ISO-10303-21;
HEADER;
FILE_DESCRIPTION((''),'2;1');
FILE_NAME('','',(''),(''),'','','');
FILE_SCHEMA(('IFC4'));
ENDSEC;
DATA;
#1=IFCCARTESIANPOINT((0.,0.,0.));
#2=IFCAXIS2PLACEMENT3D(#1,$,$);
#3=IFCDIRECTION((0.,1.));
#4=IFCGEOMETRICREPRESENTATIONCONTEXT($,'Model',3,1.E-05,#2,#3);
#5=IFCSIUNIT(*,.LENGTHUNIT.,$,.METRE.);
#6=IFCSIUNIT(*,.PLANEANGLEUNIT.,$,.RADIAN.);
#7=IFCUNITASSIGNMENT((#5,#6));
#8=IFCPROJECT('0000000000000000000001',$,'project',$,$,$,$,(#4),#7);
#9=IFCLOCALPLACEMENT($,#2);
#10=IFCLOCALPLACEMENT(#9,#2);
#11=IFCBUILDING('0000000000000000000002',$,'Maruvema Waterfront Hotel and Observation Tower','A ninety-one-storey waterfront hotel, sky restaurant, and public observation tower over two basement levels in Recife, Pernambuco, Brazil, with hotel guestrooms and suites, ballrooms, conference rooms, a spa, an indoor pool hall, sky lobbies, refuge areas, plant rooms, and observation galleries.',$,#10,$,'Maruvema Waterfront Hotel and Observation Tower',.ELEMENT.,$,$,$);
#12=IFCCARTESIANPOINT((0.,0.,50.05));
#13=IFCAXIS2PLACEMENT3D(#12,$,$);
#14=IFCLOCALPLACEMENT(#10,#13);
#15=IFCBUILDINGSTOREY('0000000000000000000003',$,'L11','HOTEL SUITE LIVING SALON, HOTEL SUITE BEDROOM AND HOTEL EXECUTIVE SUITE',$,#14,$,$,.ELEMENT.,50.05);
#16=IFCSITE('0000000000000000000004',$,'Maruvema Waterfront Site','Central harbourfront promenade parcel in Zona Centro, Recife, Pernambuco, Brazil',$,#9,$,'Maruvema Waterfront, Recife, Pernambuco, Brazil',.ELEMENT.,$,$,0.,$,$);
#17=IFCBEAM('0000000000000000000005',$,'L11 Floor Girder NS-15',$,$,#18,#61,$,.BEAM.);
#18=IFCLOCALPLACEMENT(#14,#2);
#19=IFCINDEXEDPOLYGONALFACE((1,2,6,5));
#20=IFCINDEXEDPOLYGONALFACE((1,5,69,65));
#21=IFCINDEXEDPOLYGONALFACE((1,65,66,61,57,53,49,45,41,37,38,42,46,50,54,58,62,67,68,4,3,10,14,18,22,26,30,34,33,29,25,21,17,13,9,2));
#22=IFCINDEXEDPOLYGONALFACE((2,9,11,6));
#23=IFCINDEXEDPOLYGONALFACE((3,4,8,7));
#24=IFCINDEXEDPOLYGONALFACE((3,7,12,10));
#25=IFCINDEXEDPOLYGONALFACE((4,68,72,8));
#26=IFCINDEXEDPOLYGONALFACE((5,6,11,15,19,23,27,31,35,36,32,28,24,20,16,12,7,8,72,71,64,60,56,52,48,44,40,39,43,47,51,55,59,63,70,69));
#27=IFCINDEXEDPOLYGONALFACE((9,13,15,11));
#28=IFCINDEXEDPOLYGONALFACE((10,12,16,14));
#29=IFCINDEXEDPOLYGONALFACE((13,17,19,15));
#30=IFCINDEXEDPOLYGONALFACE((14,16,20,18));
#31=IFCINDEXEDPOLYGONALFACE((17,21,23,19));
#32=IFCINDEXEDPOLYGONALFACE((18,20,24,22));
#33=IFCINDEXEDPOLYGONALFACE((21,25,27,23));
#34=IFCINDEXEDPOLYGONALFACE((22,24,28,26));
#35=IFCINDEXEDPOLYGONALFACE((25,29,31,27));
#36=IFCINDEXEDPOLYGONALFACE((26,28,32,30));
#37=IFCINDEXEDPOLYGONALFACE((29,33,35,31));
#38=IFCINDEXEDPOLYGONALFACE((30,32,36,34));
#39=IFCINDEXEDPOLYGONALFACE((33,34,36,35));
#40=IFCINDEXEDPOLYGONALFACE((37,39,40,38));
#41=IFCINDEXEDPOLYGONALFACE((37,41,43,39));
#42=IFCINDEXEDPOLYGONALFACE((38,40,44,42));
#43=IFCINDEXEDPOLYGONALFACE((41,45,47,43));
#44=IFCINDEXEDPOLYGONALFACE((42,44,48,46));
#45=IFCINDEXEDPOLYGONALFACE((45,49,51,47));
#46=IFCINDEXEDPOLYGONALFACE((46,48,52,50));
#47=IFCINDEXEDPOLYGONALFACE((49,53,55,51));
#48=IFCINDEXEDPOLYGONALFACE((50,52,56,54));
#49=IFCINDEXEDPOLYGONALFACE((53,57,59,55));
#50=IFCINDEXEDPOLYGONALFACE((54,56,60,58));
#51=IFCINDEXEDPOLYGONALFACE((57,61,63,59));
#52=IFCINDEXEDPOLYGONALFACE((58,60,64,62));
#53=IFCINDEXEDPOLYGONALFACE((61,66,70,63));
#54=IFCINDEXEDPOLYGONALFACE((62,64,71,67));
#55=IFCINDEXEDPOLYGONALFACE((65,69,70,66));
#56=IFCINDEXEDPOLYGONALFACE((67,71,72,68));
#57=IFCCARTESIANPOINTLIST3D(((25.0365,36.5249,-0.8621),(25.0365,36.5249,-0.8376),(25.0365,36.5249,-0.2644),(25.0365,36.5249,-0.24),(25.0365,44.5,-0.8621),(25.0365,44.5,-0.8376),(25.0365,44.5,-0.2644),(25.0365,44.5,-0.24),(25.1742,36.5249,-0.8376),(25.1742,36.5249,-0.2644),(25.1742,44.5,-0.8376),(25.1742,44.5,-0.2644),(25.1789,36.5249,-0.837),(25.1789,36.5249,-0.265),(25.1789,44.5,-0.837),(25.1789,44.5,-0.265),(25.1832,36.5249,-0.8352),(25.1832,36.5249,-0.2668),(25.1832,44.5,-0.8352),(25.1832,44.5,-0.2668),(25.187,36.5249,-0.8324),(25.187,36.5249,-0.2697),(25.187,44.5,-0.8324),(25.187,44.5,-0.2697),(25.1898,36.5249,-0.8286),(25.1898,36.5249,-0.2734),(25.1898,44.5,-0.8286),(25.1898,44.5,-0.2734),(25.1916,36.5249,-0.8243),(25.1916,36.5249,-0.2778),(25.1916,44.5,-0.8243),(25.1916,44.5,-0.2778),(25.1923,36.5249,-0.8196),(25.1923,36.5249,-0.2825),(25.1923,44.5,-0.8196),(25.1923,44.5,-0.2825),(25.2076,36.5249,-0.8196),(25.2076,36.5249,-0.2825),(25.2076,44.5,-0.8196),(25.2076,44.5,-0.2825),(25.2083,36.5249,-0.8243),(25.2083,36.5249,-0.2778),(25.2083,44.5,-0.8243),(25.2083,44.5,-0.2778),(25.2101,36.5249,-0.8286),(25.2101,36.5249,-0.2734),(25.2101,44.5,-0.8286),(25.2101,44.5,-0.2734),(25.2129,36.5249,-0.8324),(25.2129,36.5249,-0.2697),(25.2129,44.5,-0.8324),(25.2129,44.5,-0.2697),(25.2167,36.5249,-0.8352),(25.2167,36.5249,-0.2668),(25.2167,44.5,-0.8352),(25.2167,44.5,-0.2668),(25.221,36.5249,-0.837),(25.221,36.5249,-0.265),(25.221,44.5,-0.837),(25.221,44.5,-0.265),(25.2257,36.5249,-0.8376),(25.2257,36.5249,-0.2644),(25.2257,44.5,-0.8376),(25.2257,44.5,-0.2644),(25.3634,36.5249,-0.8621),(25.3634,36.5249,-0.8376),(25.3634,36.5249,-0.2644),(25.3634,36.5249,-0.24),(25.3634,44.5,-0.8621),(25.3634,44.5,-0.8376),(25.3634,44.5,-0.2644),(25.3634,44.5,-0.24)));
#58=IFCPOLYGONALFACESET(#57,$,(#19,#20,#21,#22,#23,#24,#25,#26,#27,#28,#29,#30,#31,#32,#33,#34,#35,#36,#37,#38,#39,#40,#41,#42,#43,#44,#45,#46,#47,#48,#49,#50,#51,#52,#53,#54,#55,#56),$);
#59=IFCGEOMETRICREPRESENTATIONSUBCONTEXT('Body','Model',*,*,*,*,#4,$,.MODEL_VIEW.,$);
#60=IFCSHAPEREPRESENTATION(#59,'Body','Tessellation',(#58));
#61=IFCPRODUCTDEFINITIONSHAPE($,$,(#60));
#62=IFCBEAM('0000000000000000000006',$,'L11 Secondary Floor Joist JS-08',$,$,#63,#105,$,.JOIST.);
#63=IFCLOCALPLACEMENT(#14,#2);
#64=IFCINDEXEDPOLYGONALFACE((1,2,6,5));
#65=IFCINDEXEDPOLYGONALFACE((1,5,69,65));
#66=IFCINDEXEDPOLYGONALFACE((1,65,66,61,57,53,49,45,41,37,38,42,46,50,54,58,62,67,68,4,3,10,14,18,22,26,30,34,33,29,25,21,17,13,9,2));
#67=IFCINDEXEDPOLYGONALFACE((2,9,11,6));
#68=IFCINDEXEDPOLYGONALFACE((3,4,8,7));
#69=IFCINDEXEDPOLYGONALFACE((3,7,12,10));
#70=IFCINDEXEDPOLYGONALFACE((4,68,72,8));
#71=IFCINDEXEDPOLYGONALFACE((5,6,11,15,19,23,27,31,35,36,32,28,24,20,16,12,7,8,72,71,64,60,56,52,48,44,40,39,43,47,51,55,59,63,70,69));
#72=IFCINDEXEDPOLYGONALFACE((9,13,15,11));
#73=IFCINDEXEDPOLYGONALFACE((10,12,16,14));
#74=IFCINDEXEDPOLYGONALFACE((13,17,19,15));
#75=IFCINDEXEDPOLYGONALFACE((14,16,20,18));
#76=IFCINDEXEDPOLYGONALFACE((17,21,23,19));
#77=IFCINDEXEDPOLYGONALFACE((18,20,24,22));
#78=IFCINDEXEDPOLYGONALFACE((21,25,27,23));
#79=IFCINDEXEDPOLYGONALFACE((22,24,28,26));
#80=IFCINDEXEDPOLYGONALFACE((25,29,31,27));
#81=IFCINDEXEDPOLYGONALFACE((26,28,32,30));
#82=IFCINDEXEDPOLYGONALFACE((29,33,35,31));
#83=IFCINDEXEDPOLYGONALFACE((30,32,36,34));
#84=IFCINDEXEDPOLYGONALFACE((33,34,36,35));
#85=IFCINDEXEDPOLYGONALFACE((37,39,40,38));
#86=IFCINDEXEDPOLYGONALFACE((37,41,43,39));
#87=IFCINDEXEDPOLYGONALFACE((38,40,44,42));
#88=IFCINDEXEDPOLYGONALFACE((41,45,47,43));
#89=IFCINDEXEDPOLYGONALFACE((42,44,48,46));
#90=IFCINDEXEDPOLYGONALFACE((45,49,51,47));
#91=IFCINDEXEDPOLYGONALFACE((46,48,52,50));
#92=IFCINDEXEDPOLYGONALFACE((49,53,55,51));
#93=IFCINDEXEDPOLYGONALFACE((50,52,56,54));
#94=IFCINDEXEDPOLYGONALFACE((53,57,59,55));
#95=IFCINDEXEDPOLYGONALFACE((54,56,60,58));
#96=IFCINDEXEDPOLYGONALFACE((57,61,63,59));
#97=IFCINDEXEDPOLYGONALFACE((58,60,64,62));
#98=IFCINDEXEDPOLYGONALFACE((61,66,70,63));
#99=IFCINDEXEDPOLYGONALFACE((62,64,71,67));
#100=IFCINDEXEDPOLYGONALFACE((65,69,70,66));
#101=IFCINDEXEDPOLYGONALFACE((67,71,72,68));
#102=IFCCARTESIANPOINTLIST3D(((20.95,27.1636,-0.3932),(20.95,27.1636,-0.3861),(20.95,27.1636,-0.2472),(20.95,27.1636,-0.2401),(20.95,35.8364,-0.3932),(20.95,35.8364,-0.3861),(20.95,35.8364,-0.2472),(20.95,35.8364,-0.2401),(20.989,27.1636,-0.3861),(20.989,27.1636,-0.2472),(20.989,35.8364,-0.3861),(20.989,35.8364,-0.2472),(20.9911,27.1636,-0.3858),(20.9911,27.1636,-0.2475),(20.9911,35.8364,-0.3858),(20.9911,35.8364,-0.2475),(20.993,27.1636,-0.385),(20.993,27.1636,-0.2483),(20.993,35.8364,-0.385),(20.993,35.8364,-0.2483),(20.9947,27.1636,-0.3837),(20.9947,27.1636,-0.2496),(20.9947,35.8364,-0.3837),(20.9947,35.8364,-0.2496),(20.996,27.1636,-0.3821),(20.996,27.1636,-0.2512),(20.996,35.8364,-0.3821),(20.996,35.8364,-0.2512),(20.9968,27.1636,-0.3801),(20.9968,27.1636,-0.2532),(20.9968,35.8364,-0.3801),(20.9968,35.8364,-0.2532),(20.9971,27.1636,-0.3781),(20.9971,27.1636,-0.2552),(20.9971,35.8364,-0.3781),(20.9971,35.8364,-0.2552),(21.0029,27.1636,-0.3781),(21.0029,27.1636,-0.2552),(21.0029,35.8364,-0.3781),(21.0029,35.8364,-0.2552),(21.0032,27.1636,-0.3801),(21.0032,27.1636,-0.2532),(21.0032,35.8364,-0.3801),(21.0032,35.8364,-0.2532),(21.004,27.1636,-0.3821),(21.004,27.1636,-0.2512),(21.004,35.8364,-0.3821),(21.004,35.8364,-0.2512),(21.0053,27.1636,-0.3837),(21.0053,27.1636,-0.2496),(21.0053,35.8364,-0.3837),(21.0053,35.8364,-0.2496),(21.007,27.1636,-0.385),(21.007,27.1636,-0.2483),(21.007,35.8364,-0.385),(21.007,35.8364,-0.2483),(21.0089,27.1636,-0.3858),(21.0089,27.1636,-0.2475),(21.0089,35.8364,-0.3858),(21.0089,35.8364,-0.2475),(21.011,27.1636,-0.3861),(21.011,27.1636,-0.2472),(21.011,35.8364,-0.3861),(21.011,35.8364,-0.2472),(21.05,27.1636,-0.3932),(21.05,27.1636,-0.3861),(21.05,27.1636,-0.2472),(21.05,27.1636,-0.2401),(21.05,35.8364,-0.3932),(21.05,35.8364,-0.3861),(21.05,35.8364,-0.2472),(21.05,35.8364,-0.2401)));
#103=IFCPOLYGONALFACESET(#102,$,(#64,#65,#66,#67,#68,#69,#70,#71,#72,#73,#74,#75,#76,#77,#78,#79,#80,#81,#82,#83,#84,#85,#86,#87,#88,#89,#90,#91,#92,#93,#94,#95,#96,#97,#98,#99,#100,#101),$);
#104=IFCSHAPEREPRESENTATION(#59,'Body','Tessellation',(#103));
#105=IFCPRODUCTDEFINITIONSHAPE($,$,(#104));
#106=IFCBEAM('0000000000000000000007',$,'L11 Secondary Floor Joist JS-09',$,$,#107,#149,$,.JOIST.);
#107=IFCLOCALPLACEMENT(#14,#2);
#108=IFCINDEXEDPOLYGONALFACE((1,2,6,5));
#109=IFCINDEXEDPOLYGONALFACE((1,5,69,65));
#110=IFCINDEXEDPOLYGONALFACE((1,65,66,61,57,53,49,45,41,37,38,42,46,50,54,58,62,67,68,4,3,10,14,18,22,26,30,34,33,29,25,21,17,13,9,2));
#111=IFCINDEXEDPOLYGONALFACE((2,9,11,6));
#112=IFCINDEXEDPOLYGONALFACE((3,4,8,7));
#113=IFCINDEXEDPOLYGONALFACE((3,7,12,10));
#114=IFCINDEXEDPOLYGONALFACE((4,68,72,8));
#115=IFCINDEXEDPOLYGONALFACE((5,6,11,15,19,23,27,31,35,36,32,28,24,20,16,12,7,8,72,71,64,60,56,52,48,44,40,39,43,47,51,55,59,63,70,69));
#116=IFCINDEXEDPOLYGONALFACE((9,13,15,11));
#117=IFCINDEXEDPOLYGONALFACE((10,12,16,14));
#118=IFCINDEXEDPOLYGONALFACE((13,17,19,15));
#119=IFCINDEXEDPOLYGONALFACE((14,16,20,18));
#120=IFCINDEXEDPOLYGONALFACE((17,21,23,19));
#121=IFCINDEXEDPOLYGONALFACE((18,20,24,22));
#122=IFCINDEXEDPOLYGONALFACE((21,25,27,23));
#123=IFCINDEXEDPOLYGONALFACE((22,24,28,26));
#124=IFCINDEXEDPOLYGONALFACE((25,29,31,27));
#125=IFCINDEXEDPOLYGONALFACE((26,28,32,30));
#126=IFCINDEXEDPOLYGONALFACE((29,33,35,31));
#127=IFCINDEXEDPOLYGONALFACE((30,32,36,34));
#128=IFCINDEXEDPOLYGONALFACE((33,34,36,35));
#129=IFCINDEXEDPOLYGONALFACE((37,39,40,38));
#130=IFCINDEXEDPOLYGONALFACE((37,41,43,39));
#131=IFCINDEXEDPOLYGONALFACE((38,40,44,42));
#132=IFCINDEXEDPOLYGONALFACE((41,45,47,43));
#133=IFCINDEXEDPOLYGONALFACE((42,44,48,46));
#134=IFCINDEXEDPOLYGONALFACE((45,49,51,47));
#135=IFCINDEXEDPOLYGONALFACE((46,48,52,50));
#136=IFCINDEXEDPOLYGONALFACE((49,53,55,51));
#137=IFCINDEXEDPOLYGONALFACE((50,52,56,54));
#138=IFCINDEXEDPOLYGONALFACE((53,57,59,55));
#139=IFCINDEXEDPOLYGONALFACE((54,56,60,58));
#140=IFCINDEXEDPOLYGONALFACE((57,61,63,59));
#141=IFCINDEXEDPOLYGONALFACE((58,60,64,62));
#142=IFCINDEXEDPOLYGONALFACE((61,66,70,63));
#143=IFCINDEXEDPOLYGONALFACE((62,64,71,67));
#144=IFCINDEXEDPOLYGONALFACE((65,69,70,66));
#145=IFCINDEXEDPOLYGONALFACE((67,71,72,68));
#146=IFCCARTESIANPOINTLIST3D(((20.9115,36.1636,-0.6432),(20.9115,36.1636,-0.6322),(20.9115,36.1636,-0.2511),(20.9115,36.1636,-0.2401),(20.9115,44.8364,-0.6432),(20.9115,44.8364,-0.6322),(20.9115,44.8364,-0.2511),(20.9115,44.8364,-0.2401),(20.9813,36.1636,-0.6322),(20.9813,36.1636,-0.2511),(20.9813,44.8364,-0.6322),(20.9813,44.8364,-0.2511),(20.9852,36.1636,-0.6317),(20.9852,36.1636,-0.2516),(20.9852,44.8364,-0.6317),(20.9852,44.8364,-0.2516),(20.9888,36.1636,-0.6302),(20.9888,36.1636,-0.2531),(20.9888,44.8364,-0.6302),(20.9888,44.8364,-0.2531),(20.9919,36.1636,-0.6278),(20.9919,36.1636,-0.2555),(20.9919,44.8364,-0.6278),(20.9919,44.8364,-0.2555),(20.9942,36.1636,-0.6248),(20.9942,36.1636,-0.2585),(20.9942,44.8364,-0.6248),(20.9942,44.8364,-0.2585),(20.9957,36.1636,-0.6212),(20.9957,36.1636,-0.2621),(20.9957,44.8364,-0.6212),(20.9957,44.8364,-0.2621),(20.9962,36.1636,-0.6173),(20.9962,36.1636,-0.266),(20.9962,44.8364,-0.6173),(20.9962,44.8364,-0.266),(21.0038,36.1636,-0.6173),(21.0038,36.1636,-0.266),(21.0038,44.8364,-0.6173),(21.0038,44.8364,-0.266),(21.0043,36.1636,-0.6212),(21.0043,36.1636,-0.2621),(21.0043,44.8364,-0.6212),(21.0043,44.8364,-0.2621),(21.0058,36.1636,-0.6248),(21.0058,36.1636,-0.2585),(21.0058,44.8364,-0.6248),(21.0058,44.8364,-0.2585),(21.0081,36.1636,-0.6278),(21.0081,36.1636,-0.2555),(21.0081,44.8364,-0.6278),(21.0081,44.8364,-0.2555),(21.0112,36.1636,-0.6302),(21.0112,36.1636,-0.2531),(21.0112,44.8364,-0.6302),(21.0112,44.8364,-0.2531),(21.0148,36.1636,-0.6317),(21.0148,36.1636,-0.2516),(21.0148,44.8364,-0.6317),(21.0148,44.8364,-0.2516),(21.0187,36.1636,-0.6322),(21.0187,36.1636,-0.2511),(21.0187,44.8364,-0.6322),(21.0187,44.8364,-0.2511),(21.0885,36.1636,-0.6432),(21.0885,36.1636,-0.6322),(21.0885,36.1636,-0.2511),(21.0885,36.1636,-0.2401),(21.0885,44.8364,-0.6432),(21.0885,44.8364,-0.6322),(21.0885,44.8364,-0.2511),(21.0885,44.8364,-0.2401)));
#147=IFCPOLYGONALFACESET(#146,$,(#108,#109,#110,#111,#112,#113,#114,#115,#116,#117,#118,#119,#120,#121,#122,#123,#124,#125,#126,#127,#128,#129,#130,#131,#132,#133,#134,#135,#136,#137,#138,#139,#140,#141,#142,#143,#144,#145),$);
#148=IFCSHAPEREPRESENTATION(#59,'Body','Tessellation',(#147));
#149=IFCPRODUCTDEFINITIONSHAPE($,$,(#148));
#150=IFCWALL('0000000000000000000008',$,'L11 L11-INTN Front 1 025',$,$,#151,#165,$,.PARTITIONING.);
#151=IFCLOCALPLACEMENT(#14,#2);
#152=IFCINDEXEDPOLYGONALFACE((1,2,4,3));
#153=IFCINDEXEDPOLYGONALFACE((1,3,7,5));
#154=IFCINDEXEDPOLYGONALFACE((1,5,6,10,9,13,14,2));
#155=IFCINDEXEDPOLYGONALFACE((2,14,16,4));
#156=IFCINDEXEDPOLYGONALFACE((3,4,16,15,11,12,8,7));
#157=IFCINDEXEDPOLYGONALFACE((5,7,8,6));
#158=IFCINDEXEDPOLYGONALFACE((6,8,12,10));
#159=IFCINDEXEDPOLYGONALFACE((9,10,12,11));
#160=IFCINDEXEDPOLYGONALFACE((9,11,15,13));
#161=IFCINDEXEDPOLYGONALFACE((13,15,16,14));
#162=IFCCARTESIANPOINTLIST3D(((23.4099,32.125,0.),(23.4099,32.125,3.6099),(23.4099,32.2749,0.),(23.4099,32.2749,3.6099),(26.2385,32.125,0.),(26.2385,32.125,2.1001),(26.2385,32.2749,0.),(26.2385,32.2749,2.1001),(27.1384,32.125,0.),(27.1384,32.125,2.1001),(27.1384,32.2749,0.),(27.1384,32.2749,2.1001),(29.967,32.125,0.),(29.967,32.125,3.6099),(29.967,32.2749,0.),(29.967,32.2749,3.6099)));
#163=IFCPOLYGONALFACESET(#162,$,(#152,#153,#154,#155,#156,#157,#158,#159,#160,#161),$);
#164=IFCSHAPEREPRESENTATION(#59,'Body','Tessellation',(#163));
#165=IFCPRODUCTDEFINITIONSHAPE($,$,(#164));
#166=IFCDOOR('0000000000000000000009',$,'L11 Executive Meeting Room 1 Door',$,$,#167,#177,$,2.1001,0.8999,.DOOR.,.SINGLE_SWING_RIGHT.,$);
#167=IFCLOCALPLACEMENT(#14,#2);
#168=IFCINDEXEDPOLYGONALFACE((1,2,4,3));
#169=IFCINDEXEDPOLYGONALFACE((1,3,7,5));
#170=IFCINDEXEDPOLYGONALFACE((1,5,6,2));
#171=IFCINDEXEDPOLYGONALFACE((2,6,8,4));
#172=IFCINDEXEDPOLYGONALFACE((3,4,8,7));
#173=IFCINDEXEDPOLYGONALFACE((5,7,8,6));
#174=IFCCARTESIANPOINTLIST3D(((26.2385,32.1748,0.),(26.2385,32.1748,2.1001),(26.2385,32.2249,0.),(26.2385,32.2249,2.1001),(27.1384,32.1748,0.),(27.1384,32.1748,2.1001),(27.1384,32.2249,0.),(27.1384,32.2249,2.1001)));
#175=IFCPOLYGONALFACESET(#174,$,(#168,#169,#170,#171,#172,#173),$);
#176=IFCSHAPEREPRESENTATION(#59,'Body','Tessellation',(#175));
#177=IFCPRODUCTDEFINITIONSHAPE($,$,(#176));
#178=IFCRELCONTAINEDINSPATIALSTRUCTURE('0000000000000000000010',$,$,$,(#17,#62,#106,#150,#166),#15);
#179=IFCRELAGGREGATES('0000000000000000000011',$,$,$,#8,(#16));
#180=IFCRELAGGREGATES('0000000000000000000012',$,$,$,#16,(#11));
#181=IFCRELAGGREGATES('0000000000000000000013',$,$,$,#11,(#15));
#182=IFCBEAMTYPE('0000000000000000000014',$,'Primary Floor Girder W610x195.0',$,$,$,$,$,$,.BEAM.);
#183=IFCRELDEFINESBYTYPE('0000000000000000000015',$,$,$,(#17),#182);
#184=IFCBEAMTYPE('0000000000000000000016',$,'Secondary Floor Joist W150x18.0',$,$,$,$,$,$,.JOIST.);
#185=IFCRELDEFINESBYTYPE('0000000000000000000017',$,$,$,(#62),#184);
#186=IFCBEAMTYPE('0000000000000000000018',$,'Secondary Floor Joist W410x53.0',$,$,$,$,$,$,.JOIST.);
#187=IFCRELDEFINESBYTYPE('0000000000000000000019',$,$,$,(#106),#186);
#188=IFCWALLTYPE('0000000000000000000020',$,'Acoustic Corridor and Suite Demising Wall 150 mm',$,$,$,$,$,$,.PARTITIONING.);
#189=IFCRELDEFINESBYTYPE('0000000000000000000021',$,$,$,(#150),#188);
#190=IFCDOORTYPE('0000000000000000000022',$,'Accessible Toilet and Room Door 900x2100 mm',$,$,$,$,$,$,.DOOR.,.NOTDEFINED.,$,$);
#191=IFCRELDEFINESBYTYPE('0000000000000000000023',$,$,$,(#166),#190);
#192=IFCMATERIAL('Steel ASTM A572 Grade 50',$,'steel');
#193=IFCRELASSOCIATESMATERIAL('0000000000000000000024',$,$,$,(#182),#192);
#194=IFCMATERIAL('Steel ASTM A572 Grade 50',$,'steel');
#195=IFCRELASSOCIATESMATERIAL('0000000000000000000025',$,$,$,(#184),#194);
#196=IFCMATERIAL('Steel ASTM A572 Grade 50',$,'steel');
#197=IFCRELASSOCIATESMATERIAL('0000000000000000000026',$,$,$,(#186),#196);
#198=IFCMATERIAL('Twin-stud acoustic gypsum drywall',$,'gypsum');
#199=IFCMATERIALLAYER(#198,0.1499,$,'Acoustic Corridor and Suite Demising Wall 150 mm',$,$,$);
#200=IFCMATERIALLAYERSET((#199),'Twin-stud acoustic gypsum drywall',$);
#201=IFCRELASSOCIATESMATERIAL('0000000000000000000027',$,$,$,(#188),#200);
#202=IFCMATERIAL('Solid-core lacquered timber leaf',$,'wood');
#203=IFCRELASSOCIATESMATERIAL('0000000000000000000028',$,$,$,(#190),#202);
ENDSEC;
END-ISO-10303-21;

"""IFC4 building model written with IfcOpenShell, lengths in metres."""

from ifc_helpers import new_model, si_unit, direction, frame, frame_2d, origin, origin_2d, place, context, subcontext, project, spatial, rectangle, i_section, extrude, material, layer, layer_set, material_profile, profile_set, type_object, element, fill, save


model = new_model("IFC4")

# Units and contexts
model_context = context("Model", 3, precision=1e-05, world=origin(), true_north=direction((0.0, 1.0)))
body_context = subcontext(model_context, "Body", "Model", "MODEL_VIEW")
ifc_project = project(units=[si_unit("LENGTHUNIT", "METRE"), si_unit("PLANEANGLEUNIT", "RADIAN")], contexts=[model_context])

# Site, building, storey
site_placement = place(None, origin())
site = spatial("IfcSite", under=ifc_project, at=site_placement, Name="Maruvema Waterfront Site", Description="Central harbourfront promenade parcel in Zona Centro, Recife, Pernambuco, Brazil", LongName="Maruvema Waterfront, Recife, Pernambuco, Brazil", CompositionType="ELEMENT", RefElevation=0.0)
building_placement = place(site_placement, origin())
building = spatial("IfcBuilding", under=site, at=building_placement, Name="Maruvema Waterfront Hotel and Observation Tower", Description="A ninety-one-storey waterfront hotel, sky restaurant, and public observation tower over two basement levels in Recife, Pernambuco, Brazil, with hotel guestrooms and suites, ballrooms, conference rooms, a spa, an indoor pool hall, sky lobbies, refuge areas, plant rooms, and observation galleries.", LongName="Maruvema Waterfront Hotel and Observation Tower", CompositionType="ELEMENT")
storey_placement = place(building_placement, frame((0.0, 0.0, 50.05)))
storey = spatial("IfcBuildingStorey", under=building, at=storey_placement, Name="L11", Description="HOTEL SUITE LIVING SALON, HOTEL SUITE BEDROOM AND HOTEL EXECUTIVE SUITE", CompositionType="ELEMENT", Elevation=50.05)

# Beams
ifc_material_1 = material(Name="Steel ASTM A572 Grade 50", Category="steel")
ifc_material_profile_1 = material_profile(ifc_material_1, i_section(OverallWidth=0.3269, OverallDepth=0.6221, WebThickness=0.0154, FlangeThickness=0.0244, FilletRadius=0.0181, at=origin_2d()), Name="W610x195.0")
ifc_profile_set_1 = profile_set([ifc_material_profile_1], Name="Steel ASTM A572 Grade 50")
beam_type_1 = type_object("IfcBeamType", Name="Primary Floor Girder W610x195.0", PredefinedType="BEAM", material=ifc_profile_set_1)
for number, where, z_axis, x_axis, name in (
    (1, (25.2, 36.5249, -0.551), (0.0, 1.0, 0.0), (-1.0, 0.0, 0.0), "L11 Floor Girder NS-15"),
):
    element("IfcBeam", number, at=place(storey_placement, frame(where, z_axis=z_axis, x_axis=x_axis)), inside=storey, type_object=beam_type_1, Name=name, PredefinedType="BEAM", context=body_context, shape_type="SweptSolid", body=[
        extrude(i_section(OverallWidth=0.3269, OverallDepth=0.6221, WebThickness=0.0154, FlangeThickness=0.0244, FilletRadius=0.0181, at=origin_2d()), origin(), (0.0, 0.0, 1.0), 7.9751),
    ])
ifc_material_2 = material(Name="Steel ASTM A572 Grade 50", Category="steel")
ifc_material_profile_2 = material_profile(ifc_material_2, i_section(OverallWidth=0.1001, OverallDepth=0.1531, WebThickness=0.0059, FlangeThickness=0.0071, FilletRadius=0.0081, at=origin_2d()), Name="W150x18.0")
ifc_profile_set_2 = profile_set([ifc_material_profile_2], Name="Steel ASTM A572 Grade 50")
beam_type_2 = type_object("IfcBeamType", Name="Secondary Floor Joist W150x18.0", PredefinedType="JOIST", material=ifc_profile_set_2)
beam_1_placement = place(storey_placement, frame((21.0, 27.1636, -0.3167), z_axis=(0.0, 1.0, 0.0), x_axis=(-1.0, 0.0, 0.0)))
element("IfcBeam", 2, at=beam_1_placement, inside=storey, type_object=beam_type_2, Name="L11 Secondary Floor Joist JS-08", PredefinedType="JOIST", context=body_context, shape_type="SweptSolid", body=[
    extrude(i_section(OverallWidth=0.1001, OverallDepth=0.1531, WebThickness=0.0059, FlangeThickness=0.0071, FilletRadius=0.0081, at=origin_2d()), origin(), (0.0, 0.0, 1.0), 8.6729),
])
ifc_material_3 = material(Name="Steel ASTM A572 Grade 50", Category="steel")
ifc_material_profile_3 = material_profile(ifc_material_3, i_section(OverallWidth=0.177, OverallDepth=0.4031, WebThickness=0.0076, FlangeThickness=0.011, FilletRadius=0.0149, at=origin_2d()), Name="W410x53.0")
ifc_profile_set_3 = profile_set([ifc_material_profile_3], Name="Steel ASTM A572 Grade 50")
beam_type_3 = type_object("IfcBeamType", Name="Secondary Floor Joist W410x53.0", PredefinedType="JOIST", material=ifc_profile_set_3)
beam_2_placement = place(storey_placement, frame((21.0, 36.1636, -0.4417), z_axis=(0.0, 1.0, 0.0), x_axis=(-1.0, 0.0, 0.0)))
element("IfcBeam", 3, at=beam_2_placement, inside=storey, type_object=beam_type_3, Name="L11 Secondary Floor Joist JS-09", PredefinedType="JOIST", context=body_context, shape_type="SweptSolid", body=[
    extrude(i_section(OverallWidth=0.177, OverallDepth=0.4031, WebThickness=0.0076, FlangeThickness=0.011, FilletRadius=0.0149, at=origin_2d()), origin(), (0.0, 0.0, 1.0), 8.6729),
])

# Wall, opening, door
ifc_material_4 = material(Name="Twin-stud acoustic gypsum drywall", Category="gypsum")
ifc_layer_1 = layer(ifc_material_4, 0.1499, Name="Acoustic Corridor and Suite Demising Wall 150 mm")
ifc_layer_set_1 = layer_set([ifc_layer_1], Name="Twin-stud acoustic gypsum drywall")
wall_type_1 = type_object("IfcWallType", Name="Acoustic Corridor and Suite Demising Wall 150 mm", PredefinedType="PARTITIONING", material=ifc_layer_set_1)
wall_1_placement = place(storey_placement, frame((23.4099, 32.2, 0.0), z_axis=(0.0, 0.0, 1.0), x_axis=(1.0, 0.0, 0.0)))
wall_1 = element("IfcWall", 4, at=wall_1_placement, inside=storey, type_object=wall_type_1, Name="L11 L11-INTN Front 1 025", PredefinedType="PARTITIONING", context=body_context, shape_type="SweptSolid", body=[
    extrude(rectangle(XDim=6.5571, YDim=0.1499, at=frame_2d((3.2786, 0.0))), origin(), (0.0, 0.0, 1.0), 3.6099),
])
opening_1_placement = place(wall_1_placement, frame((2.8286, 0.0, 0.0)))
opening_1 = element("IfcOpeningElement", 5, at=opening_1_placement, cuts=wall_1, PredefinedType="OPENING", context=body_context, shape_type="SweptSolid", body=[
    extrude(rectangle(XDim=0.8999, YDim=2.1001, at=frame_2d((0.45, 1.05))), frame((0.0, 0.085, 0.0), z_axis=(0.0, -1.0, 0.0), x_axis=(1.0, 0.0, 0.0)), (0.0, 0.0, 1.0), 0.1699),
])
ifc_material_5 = material(Name="Solid-core lacquered timber leaf", Category="wood")
door_type_1 = type_object("IfcDoorType", Name="Accessible Toilet and Room Door 900x2100 mm", OperationType="NOTDEFINED", PredefinedType="DOOR", material=ifc_material_5)
door_1_placement = place(opening_1_placement, origin())
door_1 = element("IfcDoor", 6, at=door_1_placement, inside=storey, type_object=door_type_1, Name="L11 Executive Meeting Room 1 Door", OperationType="SINGLE_SWING_RIGHT", OverallHeight=2.1001, OverallWidth=0.8999, PredefinedType="DOOR", context=body_context, shape_type="SweptSolid", body=[
    extrude(rectangle(XDim=0.8999, YDim=2.1001, at=frame_2d((0.45, 1.05))), frame((0.0, 0.0249, 0.0), z_axis=(0.0, -1.0, 0.0), x_axis=(1.0, 0.0, 0.0)), (0.0, 0.0, 1.0), 0.05),
])
fill(opening_1, door_1)

save(model, "model.ifc")
